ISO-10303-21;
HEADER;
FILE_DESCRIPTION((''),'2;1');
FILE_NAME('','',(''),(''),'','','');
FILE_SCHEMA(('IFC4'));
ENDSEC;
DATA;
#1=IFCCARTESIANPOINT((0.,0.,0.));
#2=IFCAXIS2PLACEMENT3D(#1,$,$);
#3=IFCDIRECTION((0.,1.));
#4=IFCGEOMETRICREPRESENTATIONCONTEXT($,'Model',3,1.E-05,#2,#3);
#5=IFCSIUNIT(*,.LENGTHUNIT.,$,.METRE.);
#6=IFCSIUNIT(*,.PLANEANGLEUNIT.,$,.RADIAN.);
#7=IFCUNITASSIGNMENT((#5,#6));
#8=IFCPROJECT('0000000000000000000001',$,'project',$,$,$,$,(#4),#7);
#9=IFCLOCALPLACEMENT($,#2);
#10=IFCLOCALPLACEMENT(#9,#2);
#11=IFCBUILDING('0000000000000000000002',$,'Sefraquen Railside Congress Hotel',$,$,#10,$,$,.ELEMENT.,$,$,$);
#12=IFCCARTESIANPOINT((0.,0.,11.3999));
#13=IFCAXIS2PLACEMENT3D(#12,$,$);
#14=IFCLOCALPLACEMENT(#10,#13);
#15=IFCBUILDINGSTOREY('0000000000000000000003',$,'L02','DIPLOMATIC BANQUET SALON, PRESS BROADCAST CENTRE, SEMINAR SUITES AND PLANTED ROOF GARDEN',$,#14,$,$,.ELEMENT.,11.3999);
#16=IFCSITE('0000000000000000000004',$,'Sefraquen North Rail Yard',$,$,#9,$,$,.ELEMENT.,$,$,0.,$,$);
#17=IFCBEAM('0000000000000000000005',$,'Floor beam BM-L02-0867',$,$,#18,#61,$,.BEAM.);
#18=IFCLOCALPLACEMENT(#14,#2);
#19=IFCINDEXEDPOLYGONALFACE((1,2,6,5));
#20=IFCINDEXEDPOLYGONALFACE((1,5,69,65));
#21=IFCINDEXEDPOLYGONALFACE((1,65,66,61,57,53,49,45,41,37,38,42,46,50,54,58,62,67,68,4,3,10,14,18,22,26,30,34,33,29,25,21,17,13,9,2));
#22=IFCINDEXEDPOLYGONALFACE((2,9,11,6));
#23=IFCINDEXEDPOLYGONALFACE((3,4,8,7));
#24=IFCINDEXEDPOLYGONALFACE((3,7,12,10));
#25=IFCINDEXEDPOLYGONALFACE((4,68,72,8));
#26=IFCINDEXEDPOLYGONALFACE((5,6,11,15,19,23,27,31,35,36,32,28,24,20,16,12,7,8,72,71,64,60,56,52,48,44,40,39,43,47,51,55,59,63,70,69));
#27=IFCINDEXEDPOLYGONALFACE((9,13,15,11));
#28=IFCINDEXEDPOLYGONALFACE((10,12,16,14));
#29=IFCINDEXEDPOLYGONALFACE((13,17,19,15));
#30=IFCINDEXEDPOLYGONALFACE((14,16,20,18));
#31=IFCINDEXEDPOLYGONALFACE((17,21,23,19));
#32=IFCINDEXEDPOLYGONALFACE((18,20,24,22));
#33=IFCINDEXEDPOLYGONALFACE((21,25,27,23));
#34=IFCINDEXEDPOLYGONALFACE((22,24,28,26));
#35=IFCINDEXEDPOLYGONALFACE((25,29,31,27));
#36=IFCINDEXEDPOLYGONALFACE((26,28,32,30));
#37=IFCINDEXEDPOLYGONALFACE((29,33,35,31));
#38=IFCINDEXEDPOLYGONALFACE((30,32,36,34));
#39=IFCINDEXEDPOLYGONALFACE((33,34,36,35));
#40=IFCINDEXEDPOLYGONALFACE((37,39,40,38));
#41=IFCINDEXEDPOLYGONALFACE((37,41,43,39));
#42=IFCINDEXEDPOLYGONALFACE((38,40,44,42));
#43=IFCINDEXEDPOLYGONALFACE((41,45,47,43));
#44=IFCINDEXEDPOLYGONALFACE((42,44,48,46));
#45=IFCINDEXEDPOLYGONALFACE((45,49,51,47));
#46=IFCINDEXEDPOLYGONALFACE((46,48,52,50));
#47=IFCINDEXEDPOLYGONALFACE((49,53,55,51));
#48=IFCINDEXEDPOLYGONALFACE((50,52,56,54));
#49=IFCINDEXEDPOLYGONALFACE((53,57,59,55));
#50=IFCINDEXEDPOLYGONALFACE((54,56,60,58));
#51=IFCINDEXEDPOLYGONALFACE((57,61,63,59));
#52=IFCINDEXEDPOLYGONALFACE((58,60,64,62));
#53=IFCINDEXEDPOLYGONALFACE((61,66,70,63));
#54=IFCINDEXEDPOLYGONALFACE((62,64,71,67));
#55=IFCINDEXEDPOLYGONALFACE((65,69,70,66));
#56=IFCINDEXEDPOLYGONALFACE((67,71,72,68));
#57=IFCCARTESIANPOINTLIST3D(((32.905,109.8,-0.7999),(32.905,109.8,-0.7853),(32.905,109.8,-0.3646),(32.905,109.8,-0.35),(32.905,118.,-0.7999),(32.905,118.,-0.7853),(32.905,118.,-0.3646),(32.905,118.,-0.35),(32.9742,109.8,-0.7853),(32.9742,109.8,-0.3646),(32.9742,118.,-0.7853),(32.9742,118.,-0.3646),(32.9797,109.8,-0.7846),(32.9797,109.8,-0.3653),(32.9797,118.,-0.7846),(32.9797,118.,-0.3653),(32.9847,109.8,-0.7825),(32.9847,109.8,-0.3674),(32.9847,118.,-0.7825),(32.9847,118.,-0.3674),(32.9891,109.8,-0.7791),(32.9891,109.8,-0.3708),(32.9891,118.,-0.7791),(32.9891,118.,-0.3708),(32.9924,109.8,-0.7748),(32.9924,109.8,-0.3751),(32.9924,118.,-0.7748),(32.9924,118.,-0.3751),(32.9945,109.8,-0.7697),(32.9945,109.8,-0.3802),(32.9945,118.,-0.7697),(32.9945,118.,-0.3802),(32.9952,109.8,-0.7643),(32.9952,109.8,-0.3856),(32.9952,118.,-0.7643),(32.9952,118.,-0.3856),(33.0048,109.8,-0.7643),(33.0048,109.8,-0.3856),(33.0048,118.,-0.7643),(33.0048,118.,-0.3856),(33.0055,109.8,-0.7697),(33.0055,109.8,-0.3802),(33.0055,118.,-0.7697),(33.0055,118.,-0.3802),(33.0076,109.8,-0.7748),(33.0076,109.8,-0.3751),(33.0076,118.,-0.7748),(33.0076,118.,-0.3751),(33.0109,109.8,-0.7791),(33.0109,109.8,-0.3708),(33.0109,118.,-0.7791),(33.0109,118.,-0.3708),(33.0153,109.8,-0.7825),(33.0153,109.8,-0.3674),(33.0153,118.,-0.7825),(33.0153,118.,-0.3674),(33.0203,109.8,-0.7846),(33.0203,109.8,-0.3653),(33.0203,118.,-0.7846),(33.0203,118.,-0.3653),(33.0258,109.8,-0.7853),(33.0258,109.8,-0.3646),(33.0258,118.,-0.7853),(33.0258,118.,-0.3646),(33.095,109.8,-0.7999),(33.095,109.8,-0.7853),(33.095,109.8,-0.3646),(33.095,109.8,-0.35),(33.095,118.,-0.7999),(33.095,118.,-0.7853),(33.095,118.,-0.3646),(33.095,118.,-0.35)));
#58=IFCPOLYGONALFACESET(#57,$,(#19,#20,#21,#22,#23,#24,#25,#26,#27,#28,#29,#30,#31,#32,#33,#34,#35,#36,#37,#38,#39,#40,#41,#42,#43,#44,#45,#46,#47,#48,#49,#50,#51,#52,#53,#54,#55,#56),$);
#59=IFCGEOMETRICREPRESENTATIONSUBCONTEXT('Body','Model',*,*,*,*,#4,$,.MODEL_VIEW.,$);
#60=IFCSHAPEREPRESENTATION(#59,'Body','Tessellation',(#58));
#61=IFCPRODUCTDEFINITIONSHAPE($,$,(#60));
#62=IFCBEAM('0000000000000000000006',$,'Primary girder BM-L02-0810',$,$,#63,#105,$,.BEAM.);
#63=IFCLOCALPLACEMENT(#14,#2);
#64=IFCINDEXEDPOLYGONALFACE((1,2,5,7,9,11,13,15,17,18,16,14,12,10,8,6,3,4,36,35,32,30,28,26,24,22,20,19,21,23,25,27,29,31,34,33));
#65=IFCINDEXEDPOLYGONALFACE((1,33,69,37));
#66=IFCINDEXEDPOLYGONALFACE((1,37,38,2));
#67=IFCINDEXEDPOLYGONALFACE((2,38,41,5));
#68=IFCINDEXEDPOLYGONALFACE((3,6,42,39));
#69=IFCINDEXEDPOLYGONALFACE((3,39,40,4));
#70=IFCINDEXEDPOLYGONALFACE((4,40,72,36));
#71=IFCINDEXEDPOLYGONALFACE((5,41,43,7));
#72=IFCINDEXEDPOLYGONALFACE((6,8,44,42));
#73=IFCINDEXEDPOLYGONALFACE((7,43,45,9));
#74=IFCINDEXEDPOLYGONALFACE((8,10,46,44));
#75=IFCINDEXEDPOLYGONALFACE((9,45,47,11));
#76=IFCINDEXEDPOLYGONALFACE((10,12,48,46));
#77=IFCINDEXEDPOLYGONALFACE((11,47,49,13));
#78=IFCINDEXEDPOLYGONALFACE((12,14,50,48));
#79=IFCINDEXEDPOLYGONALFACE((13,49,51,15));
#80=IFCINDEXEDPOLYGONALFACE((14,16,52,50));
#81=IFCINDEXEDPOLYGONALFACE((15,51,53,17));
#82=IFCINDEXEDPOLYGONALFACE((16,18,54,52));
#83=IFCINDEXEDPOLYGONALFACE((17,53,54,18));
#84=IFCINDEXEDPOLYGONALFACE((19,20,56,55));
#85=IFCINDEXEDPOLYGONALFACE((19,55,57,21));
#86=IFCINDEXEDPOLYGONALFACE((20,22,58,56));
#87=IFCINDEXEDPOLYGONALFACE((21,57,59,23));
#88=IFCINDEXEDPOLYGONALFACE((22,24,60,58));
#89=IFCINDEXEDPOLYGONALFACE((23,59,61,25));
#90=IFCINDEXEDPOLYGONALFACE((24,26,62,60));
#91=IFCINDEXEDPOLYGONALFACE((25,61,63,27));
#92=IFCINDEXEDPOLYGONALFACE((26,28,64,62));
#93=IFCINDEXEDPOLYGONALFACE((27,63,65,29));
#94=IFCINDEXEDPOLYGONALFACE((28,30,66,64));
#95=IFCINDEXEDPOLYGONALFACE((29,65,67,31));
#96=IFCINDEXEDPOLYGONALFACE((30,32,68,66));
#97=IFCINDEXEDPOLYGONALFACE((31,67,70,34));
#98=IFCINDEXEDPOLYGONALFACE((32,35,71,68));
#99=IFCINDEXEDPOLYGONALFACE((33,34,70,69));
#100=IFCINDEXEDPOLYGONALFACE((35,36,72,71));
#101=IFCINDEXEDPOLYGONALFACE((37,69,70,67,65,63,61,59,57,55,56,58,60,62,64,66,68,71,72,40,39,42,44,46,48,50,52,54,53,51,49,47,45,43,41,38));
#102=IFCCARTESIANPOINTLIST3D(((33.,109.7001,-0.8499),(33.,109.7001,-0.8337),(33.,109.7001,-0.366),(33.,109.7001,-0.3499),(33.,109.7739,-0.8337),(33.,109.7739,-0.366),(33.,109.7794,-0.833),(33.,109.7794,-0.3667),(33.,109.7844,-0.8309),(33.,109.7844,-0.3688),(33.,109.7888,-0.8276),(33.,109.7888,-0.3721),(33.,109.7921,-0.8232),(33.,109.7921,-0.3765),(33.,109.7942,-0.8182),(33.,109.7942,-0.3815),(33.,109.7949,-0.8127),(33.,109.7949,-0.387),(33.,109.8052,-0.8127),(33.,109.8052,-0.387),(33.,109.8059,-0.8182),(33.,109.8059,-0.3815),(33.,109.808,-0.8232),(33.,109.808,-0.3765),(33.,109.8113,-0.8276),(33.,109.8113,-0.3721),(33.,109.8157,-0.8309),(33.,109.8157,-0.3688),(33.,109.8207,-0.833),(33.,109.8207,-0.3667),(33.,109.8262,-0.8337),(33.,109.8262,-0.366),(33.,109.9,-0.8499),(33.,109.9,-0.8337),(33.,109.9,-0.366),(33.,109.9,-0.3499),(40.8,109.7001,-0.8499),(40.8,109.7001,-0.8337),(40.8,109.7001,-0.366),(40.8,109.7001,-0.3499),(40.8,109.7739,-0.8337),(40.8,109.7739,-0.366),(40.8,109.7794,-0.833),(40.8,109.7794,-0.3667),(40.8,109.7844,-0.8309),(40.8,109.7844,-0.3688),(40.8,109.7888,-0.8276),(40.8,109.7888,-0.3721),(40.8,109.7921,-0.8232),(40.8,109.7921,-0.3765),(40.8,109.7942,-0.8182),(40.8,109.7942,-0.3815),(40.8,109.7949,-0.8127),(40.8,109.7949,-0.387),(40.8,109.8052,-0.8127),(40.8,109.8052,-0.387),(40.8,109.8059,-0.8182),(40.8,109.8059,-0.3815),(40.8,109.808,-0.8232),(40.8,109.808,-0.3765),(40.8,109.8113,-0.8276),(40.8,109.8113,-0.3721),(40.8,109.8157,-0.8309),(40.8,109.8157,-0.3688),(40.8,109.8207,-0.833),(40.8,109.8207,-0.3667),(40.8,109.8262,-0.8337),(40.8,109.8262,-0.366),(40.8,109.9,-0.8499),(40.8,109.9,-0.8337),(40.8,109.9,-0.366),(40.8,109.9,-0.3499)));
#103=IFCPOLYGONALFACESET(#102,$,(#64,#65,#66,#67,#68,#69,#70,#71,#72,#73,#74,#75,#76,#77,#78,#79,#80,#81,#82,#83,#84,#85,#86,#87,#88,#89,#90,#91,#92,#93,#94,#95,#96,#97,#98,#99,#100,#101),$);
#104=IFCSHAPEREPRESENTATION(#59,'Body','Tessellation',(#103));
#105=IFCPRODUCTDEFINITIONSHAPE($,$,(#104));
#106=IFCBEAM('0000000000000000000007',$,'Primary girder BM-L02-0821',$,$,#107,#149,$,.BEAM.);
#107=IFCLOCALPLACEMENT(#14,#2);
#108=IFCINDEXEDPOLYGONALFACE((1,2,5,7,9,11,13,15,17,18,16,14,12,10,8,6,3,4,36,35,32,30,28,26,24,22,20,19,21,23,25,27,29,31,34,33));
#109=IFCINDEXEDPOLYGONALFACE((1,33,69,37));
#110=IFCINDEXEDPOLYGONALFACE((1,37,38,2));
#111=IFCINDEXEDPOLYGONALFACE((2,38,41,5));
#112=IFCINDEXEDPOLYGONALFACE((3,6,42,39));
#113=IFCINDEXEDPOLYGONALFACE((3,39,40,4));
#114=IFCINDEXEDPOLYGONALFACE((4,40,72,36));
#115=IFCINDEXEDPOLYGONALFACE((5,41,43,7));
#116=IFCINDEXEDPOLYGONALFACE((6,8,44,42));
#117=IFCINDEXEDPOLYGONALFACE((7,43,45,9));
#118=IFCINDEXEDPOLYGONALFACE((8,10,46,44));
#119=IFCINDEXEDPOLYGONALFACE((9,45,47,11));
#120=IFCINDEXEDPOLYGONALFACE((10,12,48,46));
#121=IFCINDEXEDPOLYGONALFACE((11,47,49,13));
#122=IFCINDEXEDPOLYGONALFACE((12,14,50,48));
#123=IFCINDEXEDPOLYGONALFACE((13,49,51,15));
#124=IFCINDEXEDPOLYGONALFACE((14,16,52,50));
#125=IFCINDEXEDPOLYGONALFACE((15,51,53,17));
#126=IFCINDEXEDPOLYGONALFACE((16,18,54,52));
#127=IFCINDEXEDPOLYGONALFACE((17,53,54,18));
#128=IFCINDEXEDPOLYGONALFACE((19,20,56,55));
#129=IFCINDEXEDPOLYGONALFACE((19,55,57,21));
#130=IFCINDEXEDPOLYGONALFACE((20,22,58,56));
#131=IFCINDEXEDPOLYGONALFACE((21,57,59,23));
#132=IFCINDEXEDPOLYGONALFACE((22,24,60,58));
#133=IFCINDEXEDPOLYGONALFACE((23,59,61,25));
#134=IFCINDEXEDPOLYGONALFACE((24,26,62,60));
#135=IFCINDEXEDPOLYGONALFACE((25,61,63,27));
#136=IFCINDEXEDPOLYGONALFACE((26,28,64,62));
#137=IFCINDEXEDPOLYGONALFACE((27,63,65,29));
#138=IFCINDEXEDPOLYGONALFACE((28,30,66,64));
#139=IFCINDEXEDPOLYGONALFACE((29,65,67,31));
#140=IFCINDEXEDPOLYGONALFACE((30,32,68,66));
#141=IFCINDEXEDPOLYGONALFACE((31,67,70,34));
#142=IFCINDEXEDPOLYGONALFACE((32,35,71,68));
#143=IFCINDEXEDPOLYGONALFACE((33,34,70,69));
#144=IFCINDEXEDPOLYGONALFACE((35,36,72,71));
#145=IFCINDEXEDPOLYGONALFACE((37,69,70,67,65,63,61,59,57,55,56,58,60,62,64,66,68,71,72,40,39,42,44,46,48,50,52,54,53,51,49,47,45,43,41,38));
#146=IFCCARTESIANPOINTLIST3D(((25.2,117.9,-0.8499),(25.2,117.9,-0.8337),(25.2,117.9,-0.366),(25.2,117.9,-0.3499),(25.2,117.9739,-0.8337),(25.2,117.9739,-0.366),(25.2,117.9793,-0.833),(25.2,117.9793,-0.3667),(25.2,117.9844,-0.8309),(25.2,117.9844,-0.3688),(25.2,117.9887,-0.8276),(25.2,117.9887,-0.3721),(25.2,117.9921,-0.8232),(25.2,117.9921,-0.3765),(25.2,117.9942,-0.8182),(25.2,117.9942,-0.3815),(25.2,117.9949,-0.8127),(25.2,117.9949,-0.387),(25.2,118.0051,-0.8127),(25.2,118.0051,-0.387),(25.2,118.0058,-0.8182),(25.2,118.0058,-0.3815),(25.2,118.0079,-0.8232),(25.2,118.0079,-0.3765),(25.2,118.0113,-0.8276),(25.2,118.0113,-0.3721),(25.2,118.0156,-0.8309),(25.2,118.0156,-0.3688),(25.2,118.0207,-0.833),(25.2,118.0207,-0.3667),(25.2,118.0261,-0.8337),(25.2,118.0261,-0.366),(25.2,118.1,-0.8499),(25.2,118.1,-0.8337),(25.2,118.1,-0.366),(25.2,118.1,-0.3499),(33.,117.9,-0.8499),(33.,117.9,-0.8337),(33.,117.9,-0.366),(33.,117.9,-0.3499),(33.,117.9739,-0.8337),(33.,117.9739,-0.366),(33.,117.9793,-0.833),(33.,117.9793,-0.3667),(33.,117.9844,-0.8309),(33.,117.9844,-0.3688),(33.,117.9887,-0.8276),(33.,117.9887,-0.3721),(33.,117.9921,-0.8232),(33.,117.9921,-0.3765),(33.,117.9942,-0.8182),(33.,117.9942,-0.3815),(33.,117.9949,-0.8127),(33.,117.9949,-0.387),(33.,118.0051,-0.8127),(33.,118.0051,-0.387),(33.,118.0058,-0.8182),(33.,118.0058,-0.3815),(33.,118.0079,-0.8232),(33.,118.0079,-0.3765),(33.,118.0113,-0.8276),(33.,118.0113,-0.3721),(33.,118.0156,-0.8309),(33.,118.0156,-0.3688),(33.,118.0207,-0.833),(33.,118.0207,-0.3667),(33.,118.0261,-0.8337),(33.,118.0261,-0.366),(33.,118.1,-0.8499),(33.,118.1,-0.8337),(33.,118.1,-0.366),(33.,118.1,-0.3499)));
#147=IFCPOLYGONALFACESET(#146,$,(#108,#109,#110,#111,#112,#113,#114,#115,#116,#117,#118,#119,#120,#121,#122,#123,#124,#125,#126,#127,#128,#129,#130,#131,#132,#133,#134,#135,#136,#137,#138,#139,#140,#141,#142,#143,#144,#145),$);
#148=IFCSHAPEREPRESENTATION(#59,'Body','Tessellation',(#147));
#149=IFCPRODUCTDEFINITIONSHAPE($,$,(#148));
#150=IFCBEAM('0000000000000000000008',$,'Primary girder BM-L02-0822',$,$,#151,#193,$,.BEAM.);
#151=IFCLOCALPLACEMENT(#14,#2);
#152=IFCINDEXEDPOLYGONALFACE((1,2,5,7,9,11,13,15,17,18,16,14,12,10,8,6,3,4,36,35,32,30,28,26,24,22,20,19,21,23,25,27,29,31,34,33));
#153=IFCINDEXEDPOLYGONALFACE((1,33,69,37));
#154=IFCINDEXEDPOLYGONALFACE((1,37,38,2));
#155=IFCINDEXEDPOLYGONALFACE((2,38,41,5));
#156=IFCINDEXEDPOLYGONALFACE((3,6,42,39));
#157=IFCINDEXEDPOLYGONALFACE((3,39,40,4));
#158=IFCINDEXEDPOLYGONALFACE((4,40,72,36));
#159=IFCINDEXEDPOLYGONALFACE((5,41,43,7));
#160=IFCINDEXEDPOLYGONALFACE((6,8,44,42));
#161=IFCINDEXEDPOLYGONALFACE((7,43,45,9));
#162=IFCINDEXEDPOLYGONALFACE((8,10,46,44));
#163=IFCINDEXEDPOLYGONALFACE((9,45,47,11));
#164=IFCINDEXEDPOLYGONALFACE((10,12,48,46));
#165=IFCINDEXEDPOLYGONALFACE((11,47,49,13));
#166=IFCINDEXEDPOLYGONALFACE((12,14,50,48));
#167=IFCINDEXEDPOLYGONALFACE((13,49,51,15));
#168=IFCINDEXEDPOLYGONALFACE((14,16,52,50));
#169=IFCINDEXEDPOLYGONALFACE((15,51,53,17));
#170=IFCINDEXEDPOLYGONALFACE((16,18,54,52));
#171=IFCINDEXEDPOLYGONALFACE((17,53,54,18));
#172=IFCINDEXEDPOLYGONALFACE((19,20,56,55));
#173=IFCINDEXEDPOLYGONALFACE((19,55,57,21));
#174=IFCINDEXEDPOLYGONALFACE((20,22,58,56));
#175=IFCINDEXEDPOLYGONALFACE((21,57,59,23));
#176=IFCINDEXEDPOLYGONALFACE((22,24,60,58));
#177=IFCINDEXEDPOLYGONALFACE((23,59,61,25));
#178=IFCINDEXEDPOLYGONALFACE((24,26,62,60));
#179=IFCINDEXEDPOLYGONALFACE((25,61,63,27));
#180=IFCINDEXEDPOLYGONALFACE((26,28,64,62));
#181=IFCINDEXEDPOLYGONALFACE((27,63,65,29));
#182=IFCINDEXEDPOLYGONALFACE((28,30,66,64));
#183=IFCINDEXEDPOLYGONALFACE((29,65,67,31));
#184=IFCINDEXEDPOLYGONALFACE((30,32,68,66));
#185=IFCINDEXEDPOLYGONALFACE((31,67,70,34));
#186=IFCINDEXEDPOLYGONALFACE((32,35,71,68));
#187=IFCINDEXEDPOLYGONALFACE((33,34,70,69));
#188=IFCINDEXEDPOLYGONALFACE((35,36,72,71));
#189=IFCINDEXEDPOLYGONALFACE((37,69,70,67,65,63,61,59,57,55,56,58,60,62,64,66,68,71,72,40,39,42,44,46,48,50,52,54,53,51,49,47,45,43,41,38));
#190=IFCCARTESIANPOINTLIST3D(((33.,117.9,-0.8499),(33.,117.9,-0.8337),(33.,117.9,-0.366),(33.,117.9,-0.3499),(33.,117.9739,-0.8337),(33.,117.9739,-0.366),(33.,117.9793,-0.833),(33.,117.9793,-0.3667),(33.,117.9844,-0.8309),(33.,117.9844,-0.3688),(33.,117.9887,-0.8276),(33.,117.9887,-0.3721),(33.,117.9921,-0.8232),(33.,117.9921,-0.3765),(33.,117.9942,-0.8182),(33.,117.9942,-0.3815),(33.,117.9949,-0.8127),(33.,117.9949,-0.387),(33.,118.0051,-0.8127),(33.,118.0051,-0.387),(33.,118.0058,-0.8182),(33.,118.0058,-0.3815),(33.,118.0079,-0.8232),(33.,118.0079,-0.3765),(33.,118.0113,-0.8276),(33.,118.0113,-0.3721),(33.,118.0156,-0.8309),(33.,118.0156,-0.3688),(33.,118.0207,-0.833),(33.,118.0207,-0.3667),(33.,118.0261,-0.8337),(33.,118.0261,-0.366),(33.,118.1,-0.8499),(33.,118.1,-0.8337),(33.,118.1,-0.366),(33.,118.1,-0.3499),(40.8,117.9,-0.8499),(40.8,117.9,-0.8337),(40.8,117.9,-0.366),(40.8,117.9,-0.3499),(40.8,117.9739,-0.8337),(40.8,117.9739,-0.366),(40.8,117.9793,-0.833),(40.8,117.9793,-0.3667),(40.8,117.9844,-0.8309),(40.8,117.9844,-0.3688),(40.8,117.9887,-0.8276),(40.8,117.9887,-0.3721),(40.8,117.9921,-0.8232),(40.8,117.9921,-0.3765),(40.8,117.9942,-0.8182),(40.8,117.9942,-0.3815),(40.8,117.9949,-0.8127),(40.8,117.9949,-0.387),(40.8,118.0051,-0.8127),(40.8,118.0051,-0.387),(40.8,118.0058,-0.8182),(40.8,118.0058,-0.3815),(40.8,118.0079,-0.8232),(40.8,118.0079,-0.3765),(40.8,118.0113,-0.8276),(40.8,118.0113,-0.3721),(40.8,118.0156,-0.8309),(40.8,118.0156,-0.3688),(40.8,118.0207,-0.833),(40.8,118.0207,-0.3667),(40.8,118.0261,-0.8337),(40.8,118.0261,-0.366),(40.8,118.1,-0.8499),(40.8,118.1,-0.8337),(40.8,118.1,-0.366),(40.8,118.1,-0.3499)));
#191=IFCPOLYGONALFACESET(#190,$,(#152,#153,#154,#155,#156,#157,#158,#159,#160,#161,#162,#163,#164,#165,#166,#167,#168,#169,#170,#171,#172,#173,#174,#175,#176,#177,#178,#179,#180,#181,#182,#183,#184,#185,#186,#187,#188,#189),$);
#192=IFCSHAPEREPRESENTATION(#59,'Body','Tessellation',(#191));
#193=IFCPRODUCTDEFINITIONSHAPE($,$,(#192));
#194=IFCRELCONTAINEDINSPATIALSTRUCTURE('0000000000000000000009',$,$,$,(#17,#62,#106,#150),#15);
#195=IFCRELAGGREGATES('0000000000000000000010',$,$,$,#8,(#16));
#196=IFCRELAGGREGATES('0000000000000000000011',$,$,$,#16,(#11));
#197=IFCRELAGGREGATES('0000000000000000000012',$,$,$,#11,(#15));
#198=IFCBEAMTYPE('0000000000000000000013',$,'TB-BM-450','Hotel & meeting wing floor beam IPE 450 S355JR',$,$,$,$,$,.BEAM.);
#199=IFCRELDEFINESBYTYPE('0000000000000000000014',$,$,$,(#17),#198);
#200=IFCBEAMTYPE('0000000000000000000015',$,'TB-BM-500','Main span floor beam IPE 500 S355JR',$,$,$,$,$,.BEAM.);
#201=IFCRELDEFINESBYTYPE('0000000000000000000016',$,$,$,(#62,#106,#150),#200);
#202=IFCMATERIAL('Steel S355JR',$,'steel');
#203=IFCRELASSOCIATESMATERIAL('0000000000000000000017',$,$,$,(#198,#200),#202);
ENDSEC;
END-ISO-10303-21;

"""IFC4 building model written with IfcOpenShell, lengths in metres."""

from ifc_helpers import new_model, si_unit, direction, frame, origin, origin_2d, place, context, subcontext, project, spatial, i_section, extrude, material, material_profile, profile_set, type_object, element, save


model = new_model("IFC4")

# Units and contexts
model_context = context("Model", 3, precision=1e-05, world=origin(), true_north=direction((0.0, 1.0)))
body_context = subcontext(model_context, "Body", "Model", "MODEL_VIEW")
ifc_project = project(units=[si_unit("LENGTHUNIT", "METRE"), si_unit("PLANEANGLEUNIT", "RADIAN")], contexts=[model_context])

# Site, building, storey
site_placement = place(None, origin())
site = spatial("IfcSite", under=ifc_project, at=site_placement, Name="Sefraquen North Rail Yard", CompositionType="ELEMENT", RefElevation=0.0)
building_placement = place(site_placement, origin())
building = spatial("IfcBuilding", under=site, at=building_placement, Name="Sefraquen Railside Congress Hotel", CompositionType="ELEMENT")
storey_placement = place(building_placement, frame((0.0, 0.0, 11.3999)))
storey = spatial("IfcBuildingStorey", under=building, at=storey_placement, Name="L02", Description="DIPLOMATIC BANQUET SALON, PRESS BROADCAST CENTRE, SEMINAR SUITES AND PLANTED ROOF GARDEN", CompositionType="ELEMENT", Elevation=11.3999)

# Shared definitions
ifc_material_1 = material(Name="Steel S355JR", Category="steel")

# Beams
ifc_material_profile_1 = material_profile(ifc_material_1, i_section(OverallWidth=0.1899, OverallDepth=0.45, WebThickness=0.0095, FlangeThickness=0.0146, FilletRadius=0.021, at=origin_2d()), Name="IPE 450")
ifc_profile_set_1 = profile_set([ifc_material_profile_1], Name="Steel S355JR")
beam_type_1 = type_object("IfcBeamType", Name="TB-BM-450", Description="Hotel & meeting wing floor beam IPE 450 S355JR", PredefinedType="BEAM", material=ifc_profile_set_1)
for number, where, z_axis, x_axis, name in (
    (1, (33.0, 109.8, -0.575), (0.0, 1.0, 0.0), (-1.0, 0.0, 0.0), "Floor beam BM-L02-0867"),
):
    element("IfcBeam", number, at=place(storey_placement, frame(where, z_axis=z_axis, x_axis=x_axis)), inside=storey, type_object=beam_type_1, Name=name, PredefinedType="BEAM", context=body_context, shape_type="SweptSolid", body=[
        extrude(i_section(OverallWidth=0.1899, OverallDepth=0.45, WebThickness=0.0095, FlangeThickness=0.0146, FilletRadius=0.021, at=origin_2d()), origin(), (0.0, 0.0, 1.0), 8.2),
    ])
ifc_material_profile_2 = material_profile(ifc_material_1, i_section(OverallWidth=0.2, OverallDepth=0.5, WebThickness=0.0103, FlangeThickness=0.0161, FilletRadius=0.021, at=origin_2d()), Name="IPE 500")
ifc_profile_set_2 = profile_set([ifc_material_profile_2], Name="Steel S355JR")
beam_type_2 = type_object("IfcBeamType", Name="TB-BM-500", Description="Main span floor beam IPE 500 S355JR", PredefinedType="BEAM", material=ifc_profile_set_2)
for number, where, z_axis, x_axis, name in (
    (2, (33.0, 109.8, -0.5999), (1.0, 0.0, 0.0), (0.0, 1.0, 0.0), "Primary girder BM-L02-0810"),
    (3, (25.2, 118.0, -0.5999), (1.0, 0.0, 0.0), (0.0, 1.0, 0.0), "Primary girder BM-L02-0821"),
    (4, (33.0, 118.0, -0.5999), (1.0, 0.0, 0.0), (0.0, 1.0, 0.0), "Primary girder BM-L02-0822"),
):
    element("IfcBeam", number, at=place(storey_placement, frame(where, z_axis=z_axis, x_axis=x_axis)), inside=storey, type_object=beam_type_2, Name=name, PredefinedType="BEAM", context=body_context, shape_type="SweptSolid", body=[
        extrude(i_section(OverallWidth=0.2, OverallDepth=0.5, WebThickness=0.0103, FlangeThickness=0.0161, FilletRadius=0.021, at=origin_2d()), origin(), (0.0, 0.0, 1.0), 7.8),
    ])

save(model, "model.ifc")
